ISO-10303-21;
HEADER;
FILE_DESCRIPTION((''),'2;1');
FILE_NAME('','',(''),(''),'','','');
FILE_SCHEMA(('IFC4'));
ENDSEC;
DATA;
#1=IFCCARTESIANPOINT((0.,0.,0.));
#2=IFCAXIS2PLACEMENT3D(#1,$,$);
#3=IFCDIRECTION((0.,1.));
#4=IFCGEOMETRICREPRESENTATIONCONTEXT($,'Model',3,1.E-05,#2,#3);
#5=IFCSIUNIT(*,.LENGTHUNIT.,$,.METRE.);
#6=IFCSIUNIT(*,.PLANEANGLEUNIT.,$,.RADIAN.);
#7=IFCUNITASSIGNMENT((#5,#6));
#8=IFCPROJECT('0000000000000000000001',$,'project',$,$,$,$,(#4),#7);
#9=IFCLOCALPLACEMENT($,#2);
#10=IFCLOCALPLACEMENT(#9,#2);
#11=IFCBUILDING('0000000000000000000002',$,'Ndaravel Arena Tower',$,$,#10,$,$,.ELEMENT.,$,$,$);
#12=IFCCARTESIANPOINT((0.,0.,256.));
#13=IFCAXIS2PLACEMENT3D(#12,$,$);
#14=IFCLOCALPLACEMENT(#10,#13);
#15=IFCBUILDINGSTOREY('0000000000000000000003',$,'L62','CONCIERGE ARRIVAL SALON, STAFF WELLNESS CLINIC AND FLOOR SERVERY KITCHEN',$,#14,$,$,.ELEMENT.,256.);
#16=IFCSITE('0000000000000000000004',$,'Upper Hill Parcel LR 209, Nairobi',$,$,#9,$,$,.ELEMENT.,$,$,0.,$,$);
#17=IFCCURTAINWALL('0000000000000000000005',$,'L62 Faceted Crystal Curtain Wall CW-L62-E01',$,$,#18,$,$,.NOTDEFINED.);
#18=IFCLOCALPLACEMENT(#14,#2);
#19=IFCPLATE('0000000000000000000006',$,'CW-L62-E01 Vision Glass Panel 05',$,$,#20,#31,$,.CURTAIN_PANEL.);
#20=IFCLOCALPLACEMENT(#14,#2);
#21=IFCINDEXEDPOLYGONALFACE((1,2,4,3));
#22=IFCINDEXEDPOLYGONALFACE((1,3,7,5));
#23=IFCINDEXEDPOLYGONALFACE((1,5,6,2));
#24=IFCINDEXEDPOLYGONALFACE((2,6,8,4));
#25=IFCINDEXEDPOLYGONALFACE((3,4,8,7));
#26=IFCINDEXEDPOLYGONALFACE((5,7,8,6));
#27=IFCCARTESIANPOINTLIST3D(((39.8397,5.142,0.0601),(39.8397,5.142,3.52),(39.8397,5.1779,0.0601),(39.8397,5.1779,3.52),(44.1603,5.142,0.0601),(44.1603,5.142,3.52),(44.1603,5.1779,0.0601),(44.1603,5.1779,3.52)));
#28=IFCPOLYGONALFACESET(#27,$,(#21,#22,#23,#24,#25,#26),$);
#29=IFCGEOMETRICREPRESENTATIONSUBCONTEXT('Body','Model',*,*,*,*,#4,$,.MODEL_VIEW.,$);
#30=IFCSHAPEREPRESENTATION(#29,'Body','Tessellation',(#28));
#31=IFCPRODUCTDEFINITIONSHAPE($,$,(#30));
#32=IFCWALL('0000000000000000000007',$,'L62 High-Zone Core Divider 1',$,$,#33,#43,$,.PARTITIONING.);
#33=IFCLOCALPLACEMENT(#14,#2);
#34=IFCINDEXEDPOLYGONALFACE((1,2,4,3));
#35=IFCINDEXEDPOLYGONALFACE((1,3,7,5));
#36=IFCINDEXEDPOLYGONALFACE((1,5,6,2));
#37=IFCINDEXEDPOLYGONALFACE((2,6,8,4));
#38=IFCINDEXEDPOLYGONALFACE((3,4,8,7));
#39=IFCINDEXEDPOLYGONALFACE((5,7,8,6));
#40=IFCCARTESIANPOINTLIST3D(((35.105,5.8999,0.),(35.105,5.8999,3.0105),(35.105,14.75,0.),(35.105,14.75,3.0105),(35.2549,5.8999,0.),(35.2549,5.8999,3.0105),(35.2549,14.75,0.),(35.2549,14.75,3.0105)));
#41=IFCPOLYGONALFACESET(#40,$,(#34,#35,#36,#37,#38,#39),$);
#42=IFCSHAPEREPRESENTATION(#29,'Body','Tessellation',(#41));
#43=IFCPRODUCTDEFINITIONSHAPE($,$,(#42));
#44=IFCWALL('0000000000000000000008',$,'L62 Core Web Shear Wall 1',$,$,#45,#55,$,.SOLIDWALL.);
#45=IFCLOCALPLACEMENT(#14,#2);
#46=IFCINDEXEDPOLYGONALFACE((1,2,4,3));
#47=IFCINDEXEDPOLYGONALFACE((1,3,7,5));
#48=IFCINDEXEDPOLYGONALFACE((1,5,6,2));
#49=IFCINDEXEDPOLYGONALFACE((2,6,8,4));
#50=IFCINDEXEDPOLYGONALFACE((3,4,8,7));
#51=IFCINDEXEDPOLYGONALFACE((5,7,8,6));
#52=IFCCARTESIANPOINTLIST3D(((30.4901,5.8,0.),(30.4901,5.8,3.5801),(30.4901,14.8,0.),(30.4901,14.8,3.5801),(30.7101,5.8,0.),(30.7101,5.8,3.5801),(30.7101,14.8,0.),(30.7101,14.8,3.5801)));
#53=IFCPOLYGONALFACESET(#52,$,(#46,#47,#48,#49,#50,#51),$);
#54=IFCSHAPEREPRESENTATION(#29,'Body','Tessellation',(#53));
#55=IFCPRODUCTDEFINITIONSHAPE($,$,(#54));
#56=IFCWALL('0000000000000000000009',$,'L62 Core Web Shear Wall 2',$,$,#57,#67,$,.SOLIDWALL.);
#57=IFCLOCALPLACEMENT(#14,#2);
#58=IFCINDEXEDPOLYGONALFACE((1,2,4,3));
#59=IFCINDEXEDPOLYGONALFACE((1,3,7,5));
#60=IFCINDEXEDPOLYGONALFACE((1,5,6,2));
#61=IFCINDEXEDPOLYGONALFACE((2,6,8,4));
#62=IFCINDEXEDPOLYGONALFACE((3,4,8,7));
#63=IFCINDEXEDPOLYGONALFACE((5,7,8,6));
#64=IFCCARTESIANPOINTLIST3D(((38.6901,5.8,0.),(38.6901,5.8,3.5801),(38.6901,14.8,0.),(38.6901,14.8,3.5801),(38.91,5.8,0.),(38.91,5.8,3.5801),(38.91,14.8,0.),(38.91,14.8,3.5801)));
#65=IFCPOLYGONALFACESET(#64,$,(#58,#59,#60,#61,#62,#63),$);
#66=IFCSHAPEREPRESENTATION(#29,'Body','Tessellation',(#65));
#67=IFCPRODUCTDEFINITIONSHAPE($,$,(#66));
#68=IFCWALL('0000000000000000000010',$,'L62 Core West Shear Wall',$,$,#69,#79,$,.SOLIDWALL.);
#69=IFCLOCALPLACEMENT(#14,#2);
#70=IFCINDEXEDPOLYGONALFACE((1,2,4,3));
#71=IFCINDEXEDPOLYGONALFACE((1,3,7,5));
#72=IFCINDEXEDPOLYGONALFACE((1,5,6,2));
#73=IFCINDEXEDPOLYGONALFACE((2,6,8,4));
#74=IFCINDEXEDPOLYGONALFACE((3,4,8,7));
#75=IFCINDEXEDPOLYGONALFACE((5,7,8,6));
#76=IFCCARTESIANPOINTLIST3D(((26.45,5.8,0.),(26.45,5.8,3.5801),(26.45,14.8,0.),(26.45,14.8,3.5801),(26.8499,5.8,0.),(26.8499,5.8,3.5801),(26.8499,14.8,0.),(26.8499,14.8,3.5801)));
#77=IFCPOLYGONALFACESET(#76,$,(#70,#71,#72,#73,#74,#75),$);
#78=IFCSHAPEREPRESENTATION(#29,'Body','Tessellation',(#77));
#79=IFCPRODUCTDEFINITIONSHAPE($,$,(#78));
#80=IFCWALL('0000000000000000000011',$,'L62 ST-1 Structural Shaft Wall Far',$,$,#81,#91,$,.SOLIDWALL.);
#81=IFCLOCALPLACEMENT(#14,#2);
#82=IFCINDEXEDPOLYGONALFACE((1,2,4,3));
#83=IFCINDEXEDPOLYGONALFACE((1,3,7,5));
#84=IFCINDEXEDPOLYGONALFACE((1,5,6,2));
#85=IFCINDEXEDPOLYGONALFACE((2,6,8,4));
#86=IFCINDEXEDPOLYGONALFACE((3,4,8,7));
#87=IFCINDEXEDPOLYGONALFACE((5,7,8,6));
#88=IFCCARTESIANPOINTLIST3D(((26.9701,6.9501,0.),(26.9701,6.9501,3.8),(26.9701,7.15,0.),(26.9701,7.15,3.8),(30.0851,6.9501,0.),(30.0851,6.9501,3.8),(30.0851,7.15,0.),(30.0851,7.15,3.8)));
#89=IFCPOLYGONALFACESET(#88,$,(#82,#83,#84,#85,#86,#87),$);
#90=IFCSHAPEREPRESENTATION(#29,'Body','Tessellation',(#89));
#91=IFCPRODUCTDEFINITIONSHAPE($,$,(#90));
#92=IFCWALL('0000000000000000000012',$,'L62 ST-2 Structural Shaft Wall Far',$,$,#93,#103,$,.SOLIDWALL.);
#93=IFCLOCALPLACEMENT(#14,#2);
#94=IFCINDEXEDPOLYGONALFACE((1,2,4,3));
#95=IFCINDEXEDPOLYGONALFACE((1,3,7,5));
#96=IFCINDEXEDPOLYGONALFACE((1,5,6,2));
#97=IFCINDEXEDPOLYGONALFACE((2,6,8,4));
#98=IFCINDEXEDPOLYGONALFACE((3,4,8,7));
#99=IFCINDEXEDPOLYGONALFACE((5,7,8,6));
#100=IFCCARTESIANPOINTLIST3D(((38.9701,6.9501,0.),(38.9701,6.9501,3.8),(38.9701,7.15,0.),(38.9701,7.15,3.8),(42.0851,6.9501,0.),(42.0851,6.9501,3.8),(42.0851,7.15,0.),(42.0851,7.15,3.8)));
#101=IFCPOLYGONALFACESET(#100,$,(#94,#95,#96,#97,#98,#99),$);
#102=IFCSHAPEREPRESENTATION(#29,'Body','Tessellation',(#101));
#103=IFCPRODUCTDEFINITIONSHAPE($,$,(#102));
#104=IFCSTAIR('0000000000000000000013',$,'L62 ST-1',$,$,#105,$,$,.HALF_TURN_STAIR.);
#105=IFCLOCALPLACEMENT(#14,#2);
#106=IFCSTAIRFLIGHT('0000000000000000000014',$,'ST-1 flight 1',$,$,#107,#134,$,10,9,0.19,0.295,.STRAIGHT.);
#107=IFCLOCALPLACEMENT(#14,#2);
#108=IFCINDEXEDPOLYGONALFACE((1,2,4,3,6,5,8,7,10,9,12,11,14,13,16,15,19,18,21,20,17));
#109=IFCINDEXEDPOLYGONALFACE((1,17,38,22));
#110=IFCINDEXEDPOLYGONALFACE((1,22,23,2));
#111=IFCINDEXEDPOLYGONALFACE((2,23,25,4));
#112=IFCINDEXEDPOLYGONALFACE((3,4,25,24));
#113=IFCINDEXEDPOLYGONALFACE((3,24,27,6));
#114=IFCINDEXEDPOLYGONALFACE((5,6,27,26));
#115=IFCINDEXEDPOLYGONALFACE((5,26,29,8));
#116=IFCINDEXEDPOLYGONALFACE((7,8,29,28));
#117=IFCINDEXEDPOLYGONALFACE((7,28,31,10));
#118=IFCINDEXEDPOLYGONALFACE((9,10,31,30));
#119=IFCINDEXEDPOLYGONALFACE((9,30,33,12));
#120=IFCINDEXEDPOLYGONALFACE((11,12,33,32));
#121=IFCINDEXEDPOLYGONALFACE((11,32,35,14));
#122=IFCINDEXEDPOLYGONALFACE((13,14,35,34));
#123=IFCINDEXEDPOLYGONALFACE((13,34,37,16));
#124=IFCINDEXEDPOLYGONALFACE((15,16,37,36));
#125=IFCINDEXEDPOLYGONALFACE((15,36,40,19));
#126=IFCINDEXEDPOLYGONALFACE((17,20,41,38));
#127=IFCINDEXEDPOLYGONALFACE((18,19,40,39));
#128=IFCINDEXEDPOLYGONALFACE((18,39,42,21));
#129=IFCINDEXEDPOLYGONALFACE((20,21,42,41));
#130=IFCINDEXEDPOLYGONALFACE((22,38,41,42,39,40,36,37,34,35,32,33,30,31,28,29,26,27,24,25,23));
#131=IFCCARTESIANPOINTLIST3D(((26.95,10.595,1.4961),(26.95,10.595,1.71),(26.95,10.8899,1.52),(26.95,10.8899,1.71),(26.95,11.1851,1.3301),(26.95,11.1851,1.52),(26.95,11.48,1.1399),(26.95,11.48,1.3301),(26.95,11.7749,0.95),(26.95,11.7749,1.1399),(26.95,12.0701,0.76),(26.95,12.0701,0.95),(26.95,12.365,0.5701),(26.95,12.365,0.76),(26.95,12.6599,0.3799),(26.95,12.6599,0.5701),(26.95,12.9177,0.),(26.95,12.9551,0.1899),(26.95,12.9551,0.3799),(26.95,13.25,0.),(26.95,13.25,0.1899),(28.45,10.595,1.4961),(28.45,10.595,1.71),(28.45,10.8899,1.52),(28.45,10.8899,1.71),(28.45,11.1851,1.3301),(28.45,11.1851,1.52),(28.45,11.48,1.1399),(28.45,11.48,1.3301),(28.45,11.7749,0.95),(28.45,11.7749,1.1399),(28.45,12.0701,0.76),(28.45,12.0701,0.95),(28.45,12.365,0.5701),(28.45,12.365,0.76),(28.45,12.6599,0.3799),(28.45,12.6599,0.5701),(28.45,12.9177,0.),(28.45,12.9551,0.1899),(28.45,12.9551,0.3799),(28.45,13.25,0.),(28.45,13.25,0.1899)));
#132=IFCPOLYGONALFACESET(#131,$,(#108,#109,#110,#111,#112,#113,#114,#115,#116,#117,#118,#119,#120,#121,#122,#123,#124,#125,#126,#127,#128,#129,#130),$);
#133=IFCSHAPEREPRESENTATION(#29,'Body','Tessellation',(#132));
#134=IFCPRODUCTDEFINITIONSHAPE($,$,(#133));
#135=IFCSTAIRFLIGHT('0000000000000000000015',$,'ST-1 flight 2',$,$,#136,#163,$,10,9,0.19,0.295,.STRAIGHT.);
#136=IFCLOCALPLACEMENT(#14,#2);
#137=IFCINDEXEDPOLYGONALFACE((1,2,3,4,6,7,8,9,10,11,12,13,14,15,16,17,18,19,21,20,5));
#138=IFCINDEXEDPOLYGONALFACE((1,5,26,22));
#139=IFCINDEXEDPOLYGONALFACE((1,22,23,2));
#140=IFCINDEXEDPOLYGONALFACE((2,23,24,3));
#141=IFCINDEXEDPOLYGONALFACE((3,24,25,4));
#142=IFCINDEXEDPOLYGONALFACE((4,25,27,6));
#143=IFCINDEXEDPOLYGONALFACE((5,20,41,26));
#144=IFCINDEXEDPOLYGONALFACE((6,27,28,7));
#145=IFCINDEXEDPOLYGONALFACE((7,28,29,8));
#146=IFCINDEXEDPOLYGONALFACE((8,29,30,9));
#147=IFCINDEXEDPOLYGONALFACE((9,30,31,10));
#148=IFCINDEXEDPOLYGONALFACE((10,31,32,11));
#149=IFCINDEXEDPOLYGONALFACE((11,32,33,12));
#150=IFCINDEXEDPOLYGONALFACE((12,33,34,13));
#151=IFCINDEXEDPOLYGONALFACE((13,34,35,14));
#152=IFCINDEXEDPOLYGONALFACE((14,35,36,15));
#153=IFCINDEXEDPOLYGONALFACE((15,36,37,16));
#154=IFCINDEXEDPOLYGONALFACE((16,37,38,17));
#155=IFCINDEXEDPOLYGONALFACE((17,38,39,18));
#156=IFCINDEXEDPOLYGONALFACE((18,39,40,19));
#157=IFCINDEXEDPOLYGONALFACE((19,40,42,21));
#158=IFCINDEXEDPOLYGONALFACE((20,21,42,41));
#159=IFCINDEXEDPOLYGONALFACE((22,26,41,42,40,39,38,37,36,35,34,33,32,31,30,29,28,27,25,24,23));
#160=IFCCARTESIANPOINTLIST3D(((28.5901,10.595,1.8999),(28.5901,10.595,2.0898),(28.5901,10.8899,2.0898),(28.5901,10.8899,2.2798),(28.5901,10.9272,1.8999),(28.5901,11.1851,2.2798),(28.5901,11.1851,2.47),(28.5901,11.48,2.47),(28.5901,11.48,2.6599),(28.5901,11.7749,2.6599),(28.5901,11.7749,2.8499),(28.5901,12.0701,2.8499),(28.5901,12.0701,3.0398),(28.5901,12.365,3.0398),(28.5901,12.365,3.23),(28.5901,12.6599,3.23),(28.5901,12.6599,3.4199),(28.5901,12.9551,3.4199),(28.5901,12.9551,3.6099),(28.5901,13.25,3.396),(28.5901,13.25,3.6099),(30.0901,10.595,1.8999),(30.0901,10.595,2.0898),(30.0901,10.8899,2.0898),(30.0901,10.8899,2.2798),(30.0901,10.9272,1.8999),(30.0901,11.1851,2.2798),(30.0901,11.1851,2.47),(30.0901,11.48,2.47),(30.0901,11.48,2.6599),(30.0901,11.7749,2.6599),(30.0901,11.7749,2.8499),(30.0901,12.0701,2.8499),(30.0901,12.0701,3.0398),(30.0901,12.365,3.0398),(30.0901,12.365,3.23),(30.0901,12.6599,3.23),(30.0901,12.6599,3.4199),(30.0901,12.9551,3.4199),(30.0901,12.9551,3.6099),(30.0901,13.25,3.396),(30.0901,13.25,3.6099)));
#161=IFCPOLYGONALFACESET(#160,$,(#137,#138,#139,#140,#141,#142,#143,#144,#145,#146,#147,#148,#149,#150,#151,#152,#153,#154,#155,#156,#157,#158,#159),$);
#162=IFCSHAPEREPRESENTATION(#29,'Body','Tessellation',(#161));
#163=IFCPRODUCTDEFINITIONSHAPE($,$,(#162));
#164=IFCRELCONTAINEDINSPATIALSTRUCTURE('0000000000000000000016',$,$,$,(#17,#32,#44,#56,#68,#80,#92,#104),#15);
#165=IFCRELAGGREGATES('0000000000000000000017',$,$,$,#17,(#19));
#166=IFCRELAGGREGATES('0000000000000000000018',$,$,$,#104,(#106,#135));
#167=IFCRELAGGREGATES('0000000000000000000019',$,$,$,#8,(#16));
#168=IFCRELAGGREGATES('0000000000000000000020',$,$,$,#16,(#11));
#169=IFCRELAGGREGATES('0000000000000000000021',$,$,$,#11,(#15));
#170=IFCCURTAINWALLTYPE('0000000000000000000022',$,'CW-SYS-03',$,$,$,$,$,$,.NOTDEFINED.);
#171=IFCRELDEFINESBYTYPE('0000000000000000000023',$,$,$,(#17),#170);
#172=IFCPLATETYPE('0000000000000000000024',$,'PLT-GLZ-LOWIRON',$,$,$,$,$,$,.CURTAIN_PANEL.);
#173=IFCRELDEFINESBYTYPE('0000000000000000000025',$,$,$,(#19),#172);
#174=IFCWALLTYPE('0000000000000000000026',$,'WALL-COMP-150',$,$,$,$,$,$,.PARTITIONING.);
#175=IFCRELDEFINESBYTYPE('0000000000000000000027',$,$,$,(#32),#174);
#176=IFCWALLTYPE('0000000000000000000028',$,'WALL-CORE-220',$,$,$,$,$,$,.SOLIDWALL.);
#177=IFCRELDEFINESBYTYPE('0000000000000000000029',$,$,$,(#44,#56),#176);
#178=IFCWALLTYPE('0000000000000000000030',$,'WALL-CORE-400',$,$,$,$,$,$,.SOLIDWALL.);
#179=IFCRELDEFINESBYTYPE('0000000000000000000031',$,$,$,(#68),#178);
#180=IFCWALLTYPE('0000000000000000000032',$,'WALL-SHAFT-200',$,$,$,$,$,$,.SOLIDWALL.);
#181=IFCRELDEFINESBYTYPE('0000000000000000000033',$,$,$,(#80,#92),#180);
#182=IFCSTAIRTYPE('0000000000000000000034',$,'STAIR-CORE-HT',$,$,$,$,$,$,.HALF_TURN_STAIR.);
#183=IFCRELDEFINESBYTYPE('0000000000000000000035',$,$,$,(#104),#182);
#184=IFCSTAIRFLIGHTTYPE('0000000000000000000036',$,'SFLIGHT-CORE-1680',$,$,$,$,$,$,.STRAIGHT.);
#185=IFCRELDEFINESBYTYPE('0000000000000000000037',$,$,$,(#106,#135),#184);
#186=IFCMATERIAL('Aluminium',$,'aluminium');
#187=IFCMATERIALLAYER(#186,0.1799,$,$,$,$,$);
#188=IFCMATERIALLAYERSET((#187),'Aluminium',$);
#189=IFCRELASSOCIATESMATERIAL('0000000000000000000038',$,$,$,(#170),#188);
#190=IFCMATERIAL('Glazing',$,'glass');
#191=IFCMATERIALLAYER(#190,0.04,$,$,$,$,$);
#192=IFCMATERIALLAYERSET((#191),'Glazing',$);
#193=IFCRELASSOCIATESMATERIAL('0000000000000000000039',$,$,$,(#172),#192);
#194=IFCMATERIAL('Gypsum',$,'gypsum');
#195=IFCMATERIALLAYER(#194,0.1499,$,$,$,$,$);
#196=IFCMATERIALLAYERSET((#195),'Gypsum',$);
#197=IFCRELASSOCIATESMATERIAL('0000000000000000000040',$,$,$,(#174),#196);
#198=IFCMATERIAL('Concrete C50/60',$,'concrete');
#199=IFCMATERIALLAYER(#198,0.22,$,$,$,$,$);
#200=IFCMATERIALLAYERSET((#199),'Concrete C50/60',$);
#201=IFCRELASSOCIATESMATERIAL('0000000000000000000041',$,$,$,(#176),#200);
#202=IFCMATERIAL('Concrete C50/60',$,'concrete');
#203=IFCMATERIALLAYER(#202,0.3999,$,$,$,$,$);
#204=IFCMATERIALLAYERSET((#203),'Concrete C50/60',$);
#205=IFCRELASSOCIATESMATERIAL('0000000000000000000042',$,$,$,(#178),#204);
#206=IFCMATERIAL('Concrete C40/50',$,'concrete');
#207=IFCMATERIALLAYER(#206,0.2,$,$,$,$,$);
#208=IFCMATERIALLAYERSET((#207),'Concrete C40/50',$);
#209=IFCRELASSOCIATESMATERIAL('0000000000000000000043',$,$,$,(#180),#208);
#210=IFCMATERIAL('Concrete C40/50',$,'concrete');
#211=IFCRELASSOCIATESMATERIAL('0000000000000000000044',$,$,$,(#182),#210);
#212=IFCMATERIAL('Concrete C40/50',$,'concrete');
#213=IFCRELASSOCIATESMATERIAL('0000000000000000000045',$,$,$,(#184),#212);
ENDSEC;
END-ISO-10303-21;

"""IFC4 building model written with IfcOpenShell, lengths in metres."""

from ifc_helpers import new_model, si_unit, direction, frame, frame_2d, origin, origin_2d, place, context, subcontext, project, spatial, polyline, rectangle, outline, extrude, material, layer, layer_set, type_object, element, aggregate, save


model = new_model("IFC4")

# Units and contexts
model_context = context("Model", 3, precision=1e-05, world=origin(), true_north=direction((0.0, 1.0)))
body_context = subcontext(model_context, "Body", "Model", "MODEL_VIEW")
ifc_project = project(units=[si_unit("LENGTHUNIT", "METRE"), si_unit("PLANEANGLEUNIT", "RADIAN")], contexts=[model_context])

# Site, building, storey
site_placement = place(None, origin())
site = spatial("IfcSite", under=ifc_project, at=site_placement, Name="Upper Hill Parcel LR 209, Nairobi", CompositionType="ELEMENT", RefElevation=0.0)
building_placement = place(site_placement, origin())
building = spatial("IfcBuilding", under=site, at=building_placement, Name="Ndaravel Arena Tower", CompositionType="ELEMENT")
storey_placement = place(building_placement, frame((0.0, 0.0, 256.0)))
storey = spatial("IfcBuildingStorey", under=building, at=storey_placement, Name="L62", Description="CONCIERGE ARRIVAL SALON, STAFF WELLNESS CLINIC AND FLOOR SERVERY KITCHEN", CompositionType="ELEMENT", Elevation=256.0)

# Curtain wall, plate
ifc_material_1 = material(Name="Aluminium", Category="aluminium")
ifc_layer_1 = layer(ifc_material_1, 0.1799)
ifc_layer_set_1 = layer_set([ifc_layer_1], Name="Aluminium")
curtain_wall_type = type_object("IfcCurtainWallType", Name="CW-SYS-03", PredefinedType="NOTDEFINED", material=ifc_layer_set_1)
curtain_wall_placement = place(storey_placement, origin())
curtain_wall = element("IfcCurtainWall", 1, at=curtain_wall_placement, inside=storey, type_object=curtain_wall_type, Name="L62 Faceted Crystal Curtain Wall CW-L62-E01", PredefinedType="NOTDEFINED")
ifc_material_2 = material(Name="Glazing", Category="glass")
ifc_layer_2 = layer(ifc_material_2, 0.04)
ifc_layer_set_2 = layer_set([ifc_layer_2], Name="Glazing")
plate_type = type_object("IfcPlateType", Name="PLT-GLZ-LOWIRON", PredefinedType="CURTAIN_PANEL", material=ifc_layer_set_2)
plate_1_placement = place(storey_placement, frame((42.0, 5.1599, 0.0601), z_axis=(0.0, 0.0, 1.0), x_axis=(1.0, 0.0, 0.0)))
plate_1 = element("IfcPlate", 2, at=plate_1_placement, type_object=plate_type, Name="CW-L62-E01 Vision Glass Panel 05", PredefinedType="CURTAIN_PANEL", context=body_context, shape_type="SweptSolid", body=[
    extrude(rectangle(XDim=4.3206, YDim=0.0359, at=origin_2d()), origin(), (0.0, 0.0, 1.0), 3.46),
])
aggregate(curtain_wall, [plate_1])

# Walls
ifc_material_3 = material(Name="Gypsum", Category="gypsum")
ifc_layer_3 = layer(ifc_material_3, 0.1499)
ifc_layer_set_3 = layer_set([ifc_layer_3], Name="Gypsum")
wall_type_1 = type_object("IfcWallType", Name="WALL-COMP-150", PredefinedType="PARTITIONING", material=ifc_layer_set_3)
wall_1_placement = place(storey_placement, frame((35.1799, 5.8999, 0.0), z_axis=(0.0, 0.0, 1.0), x_axis=(0.0, 1.0, 0.0)))
element("IfcWall", 3, at=wall_1_placement, inside=storey, type_object=wall_type_1, Name="L62 High-Zone Core Divider 1", PredefinedType="PARTITIONING", context=body_context, shape_type="SweptSolid", body=[
    extrude(rectangle(XDim=8.8501, YDim=0.1499, at=frame_2d((4.425, 0.0))), origin(), (0.0, 0.0, 1.0), 3.0105),
])
ifc_material_4 = material(Name="Concrete C50/60", Category="concrete")
ifc_layer_4 = layer(ifc_material_4, 0.22)
ifc_layer_set_4 = layer_set([ifc_layer_4], Name="Concrete C50/60")
wall_type_2 = type_object("IfcWallType", Name="WALL-CORE-220", PredefinedType="SOLIDWALL", material=ifc_layer_set_4)
for number, where, z_axis, x_axis, name in (
    (4, (30.6001, 5.8, 0.0), (0.0, 0.0, 1.0), (0.0, 1.0, 0.0), "L62 Core Web Shear Wall 1"),
    (5, (38.8, 5.8, 0.0), (0.0, 0.0, 1.0), (0.0, 1.0, 0.0), "L62 Core Web Shear Wall 2"),
):
    element("IfcWall", number, at=place(storey_placement, frame(where, z_axis=z_axis, x_axis=x_axis)), inside=storey, type_object=wall_type_2, Name=name, PredefinedType="SOLIDWALL", context=body_context, shape_type="SweptSolid", body=[
        extrude(rectangle(XDim=9.0, YDim=0.22, at=frame_2d((4.5, 0.0))), origin(), (0.0, 0.0, 1.0), 3.5801),
    ])
ifc_material_5 = material(Name="Concrete C50/60", Category="concrete")
ifc_layer_5 = layer(ifc_material_5, 0.3999)
ifc_layer_set_5 = layer_set([ifc_layer_5], Name="Concrete C50/60")
wall_type_3 = type_object("IfcWallType", Name="WALL-CORE-400", PredefinedType="SOLIDWALL", material=ifc_layer_set_5)
wall_2_placement = place(storey_placement, frame((26.6499, 5.8, 0.0), z_axis=(0.0, 0.0, 1.0), x_axis=(0.0, 1.0, 0.0)))
element("IfcWall", 6, at=wall_2_placement, inside=storey, type_object=wall_type_3, Name="L62 Core West Shear Wall", PredefinedType="SOLIDWALL", context=body_context, shape_type="SweptSolid", body=[
    extrude(rectangle(XDim=9.0, YDim=0.3999, at=frame_2d((4.5, 0.0))), origin(), (0.0, 0.0, 1.0), 3.5801),
])
ifc_material_6 = material(Name="Concrete C40/50", Category="concrete")
ifc_layer_6 = layer(ifc_material_6, 0.2)
ifc_layer_set_6 = layer_set([ifc_layer_6], Name="Concrete C40/50")
wall_type_4 = type_object("IfcWallType", Name="WALL-SHAFT-200", PredefinedType="SOLIDWALL", material=ifc_layer_set_6)
for number, where, z_axis, x_axis, name in (
    (7, (26.97, 7.05, 0.0), (0.0, 0.0, 1.0), (1.0, 0.0, 0.0), "L62 ST-1 Structural Shaft Wall Far"),
    (8, (38.97, 7.05, 0.0), (0.0, 0.0, 1.0), (1.0, 0.0, 0.0), "L62 ST-2 Structural Shaft Wall Far"),
):
    element("IfcWall", number, at=place(storey_placement, frame(where, z_axis=z_axis, x_axis=x_axis)), inside=storey, type_object=wall_type_4, Name=name, PredefinedType="SOLIDWALL", context=body_context, shape_type="SweptSolid", body=[
        extrude(rectangle(XDim=3.115, YDim=0.2, at=frame_2d((1.5576, 0.0))), origin(), (0.0, 0.0, 1.0), 3.8),
    ])

# Stair, stair flights
ifc_material_7 = material(Name="Concrete C40/50", Category="concrete")
stair_type = type_object("IfcStairType", Name="STAIR-CORE-HT", PredefinedType="HALF_TURN_STAIR", material=ifc_material_7)
stair_1_placement = place(storey_placement, origin())
stair_1 = element("IfcStair", 9, at=stair_1_placement, inside=storey, type_object=stair_type, Name="L62 ST-1", PredefinedType="HALF_TURN_STAIR")
ifc_material_8 = material(Name="Concrete C40/50", Category="concrete")
stair_flight_type = type_object("IfcStairFlightType", Name="SFLIGHT-CORE-1680", PredefinedType="STRAIGHT", material=ifc_material_8)
stair_flight_1_placement = place(storey_placement, frame((27.7, 13.25, 0.0), z_axis=(0.0, 0.0, 1.0), x_axis=(0.0, -1.0, 0.0)))
stair_flight_1 = element("IfcStairFlight", 10, at=stair_flight_1_placement, type_object=stair_flight_type, Name="ST-1 flight 1", NumberOfRisers=10, NumberOfTreads=9, PredefinedType="STRAIGHT", RiserHeight=0.19, TreadLength=0.295, context=body_context, shape_type="SweptSolid", body=[
    extrude(outline(polyline([(0.0, 0.0), (0.0, 0.1899), (0.2949, 0.1899), (0.2949, 0.3799), (0.5901, 0.3799), (0.5901, 0.5701), (0.885, 0.5701), (0.885, 0.76), (1.1799, 0.76), (1.1799, 0.95), (1.4751, 0.95), (1.4751, 1.1399), (1.77, 1.1399), (1.77, 1.3301), (2.0649, 1.3301), (2.0649, 1.52), (2.3601, 1.52), (2.3601, 1.71), (2.655, 1.71), (2.655, 1.8999), (2.655, 1.4961), (0.3323, 0.0), (0.0, 0.0)])), frame((0.0, 0.75, 0.0), z_axis=(0.0, -1.0, 0.0), x_axis=(1.0, 0.0, 0.0)), (0.0, 0.0, 1.0), 1.5),
])
stair_flight_2_placement = place(storey_placement, frame((29.3401, 10.595, 1.8999), z_axis=(0.0, 0.0, 1.0), x_axis=(0.0, 1.0, 0.0)))
stair_flight_2 = element("IfcStairFlight", 11, at=stair_flight_2_placement, type_object=stair_flight_type, Name="ST-1 flight 2", NumberOfRisers=10, NumberOfTreads=9, PredefinedType="STRAIGHT", RiserHeight=0.19, TreadLength=0.295, context=body_context, shape_type="SweptSolid", body=[
    extrude(outline(polyline([(0.0, 0.0), (0.0, 0.1899), (0.2949, 0.1899), (0.2949, 0.3799), (0.5901, 0.3799), (0.5901, 0.5701), (0.885, 0.5701), (0.885, 0.76), (1.1799, 0.76), (1.1799, 0.95), (1.4751, 0.95), (1.4751, 1.1399), (1.77, 1.1399), (1.77, 1.3301), (2.0649, 1.3301), (2.0649, 1.52), (2.3601, 1.52), (2.3601, 1.71), (2.655, 1.71), (2.655, 1.8999), (2.655, 1.4961), (0.3323, 0.0), (0.0, 0.0)])), frame((0.0, 0.75, 0.0), z_axis=(0.0, -1.0, 0.0), x_axis=(1.0, 0.0, 0.0)), (0.0, 0.0, 1.0), 1.5),
])
aggregate(stair_1, [stair_flight_1, stair_flight_2])

save(model, "model.ifc")
